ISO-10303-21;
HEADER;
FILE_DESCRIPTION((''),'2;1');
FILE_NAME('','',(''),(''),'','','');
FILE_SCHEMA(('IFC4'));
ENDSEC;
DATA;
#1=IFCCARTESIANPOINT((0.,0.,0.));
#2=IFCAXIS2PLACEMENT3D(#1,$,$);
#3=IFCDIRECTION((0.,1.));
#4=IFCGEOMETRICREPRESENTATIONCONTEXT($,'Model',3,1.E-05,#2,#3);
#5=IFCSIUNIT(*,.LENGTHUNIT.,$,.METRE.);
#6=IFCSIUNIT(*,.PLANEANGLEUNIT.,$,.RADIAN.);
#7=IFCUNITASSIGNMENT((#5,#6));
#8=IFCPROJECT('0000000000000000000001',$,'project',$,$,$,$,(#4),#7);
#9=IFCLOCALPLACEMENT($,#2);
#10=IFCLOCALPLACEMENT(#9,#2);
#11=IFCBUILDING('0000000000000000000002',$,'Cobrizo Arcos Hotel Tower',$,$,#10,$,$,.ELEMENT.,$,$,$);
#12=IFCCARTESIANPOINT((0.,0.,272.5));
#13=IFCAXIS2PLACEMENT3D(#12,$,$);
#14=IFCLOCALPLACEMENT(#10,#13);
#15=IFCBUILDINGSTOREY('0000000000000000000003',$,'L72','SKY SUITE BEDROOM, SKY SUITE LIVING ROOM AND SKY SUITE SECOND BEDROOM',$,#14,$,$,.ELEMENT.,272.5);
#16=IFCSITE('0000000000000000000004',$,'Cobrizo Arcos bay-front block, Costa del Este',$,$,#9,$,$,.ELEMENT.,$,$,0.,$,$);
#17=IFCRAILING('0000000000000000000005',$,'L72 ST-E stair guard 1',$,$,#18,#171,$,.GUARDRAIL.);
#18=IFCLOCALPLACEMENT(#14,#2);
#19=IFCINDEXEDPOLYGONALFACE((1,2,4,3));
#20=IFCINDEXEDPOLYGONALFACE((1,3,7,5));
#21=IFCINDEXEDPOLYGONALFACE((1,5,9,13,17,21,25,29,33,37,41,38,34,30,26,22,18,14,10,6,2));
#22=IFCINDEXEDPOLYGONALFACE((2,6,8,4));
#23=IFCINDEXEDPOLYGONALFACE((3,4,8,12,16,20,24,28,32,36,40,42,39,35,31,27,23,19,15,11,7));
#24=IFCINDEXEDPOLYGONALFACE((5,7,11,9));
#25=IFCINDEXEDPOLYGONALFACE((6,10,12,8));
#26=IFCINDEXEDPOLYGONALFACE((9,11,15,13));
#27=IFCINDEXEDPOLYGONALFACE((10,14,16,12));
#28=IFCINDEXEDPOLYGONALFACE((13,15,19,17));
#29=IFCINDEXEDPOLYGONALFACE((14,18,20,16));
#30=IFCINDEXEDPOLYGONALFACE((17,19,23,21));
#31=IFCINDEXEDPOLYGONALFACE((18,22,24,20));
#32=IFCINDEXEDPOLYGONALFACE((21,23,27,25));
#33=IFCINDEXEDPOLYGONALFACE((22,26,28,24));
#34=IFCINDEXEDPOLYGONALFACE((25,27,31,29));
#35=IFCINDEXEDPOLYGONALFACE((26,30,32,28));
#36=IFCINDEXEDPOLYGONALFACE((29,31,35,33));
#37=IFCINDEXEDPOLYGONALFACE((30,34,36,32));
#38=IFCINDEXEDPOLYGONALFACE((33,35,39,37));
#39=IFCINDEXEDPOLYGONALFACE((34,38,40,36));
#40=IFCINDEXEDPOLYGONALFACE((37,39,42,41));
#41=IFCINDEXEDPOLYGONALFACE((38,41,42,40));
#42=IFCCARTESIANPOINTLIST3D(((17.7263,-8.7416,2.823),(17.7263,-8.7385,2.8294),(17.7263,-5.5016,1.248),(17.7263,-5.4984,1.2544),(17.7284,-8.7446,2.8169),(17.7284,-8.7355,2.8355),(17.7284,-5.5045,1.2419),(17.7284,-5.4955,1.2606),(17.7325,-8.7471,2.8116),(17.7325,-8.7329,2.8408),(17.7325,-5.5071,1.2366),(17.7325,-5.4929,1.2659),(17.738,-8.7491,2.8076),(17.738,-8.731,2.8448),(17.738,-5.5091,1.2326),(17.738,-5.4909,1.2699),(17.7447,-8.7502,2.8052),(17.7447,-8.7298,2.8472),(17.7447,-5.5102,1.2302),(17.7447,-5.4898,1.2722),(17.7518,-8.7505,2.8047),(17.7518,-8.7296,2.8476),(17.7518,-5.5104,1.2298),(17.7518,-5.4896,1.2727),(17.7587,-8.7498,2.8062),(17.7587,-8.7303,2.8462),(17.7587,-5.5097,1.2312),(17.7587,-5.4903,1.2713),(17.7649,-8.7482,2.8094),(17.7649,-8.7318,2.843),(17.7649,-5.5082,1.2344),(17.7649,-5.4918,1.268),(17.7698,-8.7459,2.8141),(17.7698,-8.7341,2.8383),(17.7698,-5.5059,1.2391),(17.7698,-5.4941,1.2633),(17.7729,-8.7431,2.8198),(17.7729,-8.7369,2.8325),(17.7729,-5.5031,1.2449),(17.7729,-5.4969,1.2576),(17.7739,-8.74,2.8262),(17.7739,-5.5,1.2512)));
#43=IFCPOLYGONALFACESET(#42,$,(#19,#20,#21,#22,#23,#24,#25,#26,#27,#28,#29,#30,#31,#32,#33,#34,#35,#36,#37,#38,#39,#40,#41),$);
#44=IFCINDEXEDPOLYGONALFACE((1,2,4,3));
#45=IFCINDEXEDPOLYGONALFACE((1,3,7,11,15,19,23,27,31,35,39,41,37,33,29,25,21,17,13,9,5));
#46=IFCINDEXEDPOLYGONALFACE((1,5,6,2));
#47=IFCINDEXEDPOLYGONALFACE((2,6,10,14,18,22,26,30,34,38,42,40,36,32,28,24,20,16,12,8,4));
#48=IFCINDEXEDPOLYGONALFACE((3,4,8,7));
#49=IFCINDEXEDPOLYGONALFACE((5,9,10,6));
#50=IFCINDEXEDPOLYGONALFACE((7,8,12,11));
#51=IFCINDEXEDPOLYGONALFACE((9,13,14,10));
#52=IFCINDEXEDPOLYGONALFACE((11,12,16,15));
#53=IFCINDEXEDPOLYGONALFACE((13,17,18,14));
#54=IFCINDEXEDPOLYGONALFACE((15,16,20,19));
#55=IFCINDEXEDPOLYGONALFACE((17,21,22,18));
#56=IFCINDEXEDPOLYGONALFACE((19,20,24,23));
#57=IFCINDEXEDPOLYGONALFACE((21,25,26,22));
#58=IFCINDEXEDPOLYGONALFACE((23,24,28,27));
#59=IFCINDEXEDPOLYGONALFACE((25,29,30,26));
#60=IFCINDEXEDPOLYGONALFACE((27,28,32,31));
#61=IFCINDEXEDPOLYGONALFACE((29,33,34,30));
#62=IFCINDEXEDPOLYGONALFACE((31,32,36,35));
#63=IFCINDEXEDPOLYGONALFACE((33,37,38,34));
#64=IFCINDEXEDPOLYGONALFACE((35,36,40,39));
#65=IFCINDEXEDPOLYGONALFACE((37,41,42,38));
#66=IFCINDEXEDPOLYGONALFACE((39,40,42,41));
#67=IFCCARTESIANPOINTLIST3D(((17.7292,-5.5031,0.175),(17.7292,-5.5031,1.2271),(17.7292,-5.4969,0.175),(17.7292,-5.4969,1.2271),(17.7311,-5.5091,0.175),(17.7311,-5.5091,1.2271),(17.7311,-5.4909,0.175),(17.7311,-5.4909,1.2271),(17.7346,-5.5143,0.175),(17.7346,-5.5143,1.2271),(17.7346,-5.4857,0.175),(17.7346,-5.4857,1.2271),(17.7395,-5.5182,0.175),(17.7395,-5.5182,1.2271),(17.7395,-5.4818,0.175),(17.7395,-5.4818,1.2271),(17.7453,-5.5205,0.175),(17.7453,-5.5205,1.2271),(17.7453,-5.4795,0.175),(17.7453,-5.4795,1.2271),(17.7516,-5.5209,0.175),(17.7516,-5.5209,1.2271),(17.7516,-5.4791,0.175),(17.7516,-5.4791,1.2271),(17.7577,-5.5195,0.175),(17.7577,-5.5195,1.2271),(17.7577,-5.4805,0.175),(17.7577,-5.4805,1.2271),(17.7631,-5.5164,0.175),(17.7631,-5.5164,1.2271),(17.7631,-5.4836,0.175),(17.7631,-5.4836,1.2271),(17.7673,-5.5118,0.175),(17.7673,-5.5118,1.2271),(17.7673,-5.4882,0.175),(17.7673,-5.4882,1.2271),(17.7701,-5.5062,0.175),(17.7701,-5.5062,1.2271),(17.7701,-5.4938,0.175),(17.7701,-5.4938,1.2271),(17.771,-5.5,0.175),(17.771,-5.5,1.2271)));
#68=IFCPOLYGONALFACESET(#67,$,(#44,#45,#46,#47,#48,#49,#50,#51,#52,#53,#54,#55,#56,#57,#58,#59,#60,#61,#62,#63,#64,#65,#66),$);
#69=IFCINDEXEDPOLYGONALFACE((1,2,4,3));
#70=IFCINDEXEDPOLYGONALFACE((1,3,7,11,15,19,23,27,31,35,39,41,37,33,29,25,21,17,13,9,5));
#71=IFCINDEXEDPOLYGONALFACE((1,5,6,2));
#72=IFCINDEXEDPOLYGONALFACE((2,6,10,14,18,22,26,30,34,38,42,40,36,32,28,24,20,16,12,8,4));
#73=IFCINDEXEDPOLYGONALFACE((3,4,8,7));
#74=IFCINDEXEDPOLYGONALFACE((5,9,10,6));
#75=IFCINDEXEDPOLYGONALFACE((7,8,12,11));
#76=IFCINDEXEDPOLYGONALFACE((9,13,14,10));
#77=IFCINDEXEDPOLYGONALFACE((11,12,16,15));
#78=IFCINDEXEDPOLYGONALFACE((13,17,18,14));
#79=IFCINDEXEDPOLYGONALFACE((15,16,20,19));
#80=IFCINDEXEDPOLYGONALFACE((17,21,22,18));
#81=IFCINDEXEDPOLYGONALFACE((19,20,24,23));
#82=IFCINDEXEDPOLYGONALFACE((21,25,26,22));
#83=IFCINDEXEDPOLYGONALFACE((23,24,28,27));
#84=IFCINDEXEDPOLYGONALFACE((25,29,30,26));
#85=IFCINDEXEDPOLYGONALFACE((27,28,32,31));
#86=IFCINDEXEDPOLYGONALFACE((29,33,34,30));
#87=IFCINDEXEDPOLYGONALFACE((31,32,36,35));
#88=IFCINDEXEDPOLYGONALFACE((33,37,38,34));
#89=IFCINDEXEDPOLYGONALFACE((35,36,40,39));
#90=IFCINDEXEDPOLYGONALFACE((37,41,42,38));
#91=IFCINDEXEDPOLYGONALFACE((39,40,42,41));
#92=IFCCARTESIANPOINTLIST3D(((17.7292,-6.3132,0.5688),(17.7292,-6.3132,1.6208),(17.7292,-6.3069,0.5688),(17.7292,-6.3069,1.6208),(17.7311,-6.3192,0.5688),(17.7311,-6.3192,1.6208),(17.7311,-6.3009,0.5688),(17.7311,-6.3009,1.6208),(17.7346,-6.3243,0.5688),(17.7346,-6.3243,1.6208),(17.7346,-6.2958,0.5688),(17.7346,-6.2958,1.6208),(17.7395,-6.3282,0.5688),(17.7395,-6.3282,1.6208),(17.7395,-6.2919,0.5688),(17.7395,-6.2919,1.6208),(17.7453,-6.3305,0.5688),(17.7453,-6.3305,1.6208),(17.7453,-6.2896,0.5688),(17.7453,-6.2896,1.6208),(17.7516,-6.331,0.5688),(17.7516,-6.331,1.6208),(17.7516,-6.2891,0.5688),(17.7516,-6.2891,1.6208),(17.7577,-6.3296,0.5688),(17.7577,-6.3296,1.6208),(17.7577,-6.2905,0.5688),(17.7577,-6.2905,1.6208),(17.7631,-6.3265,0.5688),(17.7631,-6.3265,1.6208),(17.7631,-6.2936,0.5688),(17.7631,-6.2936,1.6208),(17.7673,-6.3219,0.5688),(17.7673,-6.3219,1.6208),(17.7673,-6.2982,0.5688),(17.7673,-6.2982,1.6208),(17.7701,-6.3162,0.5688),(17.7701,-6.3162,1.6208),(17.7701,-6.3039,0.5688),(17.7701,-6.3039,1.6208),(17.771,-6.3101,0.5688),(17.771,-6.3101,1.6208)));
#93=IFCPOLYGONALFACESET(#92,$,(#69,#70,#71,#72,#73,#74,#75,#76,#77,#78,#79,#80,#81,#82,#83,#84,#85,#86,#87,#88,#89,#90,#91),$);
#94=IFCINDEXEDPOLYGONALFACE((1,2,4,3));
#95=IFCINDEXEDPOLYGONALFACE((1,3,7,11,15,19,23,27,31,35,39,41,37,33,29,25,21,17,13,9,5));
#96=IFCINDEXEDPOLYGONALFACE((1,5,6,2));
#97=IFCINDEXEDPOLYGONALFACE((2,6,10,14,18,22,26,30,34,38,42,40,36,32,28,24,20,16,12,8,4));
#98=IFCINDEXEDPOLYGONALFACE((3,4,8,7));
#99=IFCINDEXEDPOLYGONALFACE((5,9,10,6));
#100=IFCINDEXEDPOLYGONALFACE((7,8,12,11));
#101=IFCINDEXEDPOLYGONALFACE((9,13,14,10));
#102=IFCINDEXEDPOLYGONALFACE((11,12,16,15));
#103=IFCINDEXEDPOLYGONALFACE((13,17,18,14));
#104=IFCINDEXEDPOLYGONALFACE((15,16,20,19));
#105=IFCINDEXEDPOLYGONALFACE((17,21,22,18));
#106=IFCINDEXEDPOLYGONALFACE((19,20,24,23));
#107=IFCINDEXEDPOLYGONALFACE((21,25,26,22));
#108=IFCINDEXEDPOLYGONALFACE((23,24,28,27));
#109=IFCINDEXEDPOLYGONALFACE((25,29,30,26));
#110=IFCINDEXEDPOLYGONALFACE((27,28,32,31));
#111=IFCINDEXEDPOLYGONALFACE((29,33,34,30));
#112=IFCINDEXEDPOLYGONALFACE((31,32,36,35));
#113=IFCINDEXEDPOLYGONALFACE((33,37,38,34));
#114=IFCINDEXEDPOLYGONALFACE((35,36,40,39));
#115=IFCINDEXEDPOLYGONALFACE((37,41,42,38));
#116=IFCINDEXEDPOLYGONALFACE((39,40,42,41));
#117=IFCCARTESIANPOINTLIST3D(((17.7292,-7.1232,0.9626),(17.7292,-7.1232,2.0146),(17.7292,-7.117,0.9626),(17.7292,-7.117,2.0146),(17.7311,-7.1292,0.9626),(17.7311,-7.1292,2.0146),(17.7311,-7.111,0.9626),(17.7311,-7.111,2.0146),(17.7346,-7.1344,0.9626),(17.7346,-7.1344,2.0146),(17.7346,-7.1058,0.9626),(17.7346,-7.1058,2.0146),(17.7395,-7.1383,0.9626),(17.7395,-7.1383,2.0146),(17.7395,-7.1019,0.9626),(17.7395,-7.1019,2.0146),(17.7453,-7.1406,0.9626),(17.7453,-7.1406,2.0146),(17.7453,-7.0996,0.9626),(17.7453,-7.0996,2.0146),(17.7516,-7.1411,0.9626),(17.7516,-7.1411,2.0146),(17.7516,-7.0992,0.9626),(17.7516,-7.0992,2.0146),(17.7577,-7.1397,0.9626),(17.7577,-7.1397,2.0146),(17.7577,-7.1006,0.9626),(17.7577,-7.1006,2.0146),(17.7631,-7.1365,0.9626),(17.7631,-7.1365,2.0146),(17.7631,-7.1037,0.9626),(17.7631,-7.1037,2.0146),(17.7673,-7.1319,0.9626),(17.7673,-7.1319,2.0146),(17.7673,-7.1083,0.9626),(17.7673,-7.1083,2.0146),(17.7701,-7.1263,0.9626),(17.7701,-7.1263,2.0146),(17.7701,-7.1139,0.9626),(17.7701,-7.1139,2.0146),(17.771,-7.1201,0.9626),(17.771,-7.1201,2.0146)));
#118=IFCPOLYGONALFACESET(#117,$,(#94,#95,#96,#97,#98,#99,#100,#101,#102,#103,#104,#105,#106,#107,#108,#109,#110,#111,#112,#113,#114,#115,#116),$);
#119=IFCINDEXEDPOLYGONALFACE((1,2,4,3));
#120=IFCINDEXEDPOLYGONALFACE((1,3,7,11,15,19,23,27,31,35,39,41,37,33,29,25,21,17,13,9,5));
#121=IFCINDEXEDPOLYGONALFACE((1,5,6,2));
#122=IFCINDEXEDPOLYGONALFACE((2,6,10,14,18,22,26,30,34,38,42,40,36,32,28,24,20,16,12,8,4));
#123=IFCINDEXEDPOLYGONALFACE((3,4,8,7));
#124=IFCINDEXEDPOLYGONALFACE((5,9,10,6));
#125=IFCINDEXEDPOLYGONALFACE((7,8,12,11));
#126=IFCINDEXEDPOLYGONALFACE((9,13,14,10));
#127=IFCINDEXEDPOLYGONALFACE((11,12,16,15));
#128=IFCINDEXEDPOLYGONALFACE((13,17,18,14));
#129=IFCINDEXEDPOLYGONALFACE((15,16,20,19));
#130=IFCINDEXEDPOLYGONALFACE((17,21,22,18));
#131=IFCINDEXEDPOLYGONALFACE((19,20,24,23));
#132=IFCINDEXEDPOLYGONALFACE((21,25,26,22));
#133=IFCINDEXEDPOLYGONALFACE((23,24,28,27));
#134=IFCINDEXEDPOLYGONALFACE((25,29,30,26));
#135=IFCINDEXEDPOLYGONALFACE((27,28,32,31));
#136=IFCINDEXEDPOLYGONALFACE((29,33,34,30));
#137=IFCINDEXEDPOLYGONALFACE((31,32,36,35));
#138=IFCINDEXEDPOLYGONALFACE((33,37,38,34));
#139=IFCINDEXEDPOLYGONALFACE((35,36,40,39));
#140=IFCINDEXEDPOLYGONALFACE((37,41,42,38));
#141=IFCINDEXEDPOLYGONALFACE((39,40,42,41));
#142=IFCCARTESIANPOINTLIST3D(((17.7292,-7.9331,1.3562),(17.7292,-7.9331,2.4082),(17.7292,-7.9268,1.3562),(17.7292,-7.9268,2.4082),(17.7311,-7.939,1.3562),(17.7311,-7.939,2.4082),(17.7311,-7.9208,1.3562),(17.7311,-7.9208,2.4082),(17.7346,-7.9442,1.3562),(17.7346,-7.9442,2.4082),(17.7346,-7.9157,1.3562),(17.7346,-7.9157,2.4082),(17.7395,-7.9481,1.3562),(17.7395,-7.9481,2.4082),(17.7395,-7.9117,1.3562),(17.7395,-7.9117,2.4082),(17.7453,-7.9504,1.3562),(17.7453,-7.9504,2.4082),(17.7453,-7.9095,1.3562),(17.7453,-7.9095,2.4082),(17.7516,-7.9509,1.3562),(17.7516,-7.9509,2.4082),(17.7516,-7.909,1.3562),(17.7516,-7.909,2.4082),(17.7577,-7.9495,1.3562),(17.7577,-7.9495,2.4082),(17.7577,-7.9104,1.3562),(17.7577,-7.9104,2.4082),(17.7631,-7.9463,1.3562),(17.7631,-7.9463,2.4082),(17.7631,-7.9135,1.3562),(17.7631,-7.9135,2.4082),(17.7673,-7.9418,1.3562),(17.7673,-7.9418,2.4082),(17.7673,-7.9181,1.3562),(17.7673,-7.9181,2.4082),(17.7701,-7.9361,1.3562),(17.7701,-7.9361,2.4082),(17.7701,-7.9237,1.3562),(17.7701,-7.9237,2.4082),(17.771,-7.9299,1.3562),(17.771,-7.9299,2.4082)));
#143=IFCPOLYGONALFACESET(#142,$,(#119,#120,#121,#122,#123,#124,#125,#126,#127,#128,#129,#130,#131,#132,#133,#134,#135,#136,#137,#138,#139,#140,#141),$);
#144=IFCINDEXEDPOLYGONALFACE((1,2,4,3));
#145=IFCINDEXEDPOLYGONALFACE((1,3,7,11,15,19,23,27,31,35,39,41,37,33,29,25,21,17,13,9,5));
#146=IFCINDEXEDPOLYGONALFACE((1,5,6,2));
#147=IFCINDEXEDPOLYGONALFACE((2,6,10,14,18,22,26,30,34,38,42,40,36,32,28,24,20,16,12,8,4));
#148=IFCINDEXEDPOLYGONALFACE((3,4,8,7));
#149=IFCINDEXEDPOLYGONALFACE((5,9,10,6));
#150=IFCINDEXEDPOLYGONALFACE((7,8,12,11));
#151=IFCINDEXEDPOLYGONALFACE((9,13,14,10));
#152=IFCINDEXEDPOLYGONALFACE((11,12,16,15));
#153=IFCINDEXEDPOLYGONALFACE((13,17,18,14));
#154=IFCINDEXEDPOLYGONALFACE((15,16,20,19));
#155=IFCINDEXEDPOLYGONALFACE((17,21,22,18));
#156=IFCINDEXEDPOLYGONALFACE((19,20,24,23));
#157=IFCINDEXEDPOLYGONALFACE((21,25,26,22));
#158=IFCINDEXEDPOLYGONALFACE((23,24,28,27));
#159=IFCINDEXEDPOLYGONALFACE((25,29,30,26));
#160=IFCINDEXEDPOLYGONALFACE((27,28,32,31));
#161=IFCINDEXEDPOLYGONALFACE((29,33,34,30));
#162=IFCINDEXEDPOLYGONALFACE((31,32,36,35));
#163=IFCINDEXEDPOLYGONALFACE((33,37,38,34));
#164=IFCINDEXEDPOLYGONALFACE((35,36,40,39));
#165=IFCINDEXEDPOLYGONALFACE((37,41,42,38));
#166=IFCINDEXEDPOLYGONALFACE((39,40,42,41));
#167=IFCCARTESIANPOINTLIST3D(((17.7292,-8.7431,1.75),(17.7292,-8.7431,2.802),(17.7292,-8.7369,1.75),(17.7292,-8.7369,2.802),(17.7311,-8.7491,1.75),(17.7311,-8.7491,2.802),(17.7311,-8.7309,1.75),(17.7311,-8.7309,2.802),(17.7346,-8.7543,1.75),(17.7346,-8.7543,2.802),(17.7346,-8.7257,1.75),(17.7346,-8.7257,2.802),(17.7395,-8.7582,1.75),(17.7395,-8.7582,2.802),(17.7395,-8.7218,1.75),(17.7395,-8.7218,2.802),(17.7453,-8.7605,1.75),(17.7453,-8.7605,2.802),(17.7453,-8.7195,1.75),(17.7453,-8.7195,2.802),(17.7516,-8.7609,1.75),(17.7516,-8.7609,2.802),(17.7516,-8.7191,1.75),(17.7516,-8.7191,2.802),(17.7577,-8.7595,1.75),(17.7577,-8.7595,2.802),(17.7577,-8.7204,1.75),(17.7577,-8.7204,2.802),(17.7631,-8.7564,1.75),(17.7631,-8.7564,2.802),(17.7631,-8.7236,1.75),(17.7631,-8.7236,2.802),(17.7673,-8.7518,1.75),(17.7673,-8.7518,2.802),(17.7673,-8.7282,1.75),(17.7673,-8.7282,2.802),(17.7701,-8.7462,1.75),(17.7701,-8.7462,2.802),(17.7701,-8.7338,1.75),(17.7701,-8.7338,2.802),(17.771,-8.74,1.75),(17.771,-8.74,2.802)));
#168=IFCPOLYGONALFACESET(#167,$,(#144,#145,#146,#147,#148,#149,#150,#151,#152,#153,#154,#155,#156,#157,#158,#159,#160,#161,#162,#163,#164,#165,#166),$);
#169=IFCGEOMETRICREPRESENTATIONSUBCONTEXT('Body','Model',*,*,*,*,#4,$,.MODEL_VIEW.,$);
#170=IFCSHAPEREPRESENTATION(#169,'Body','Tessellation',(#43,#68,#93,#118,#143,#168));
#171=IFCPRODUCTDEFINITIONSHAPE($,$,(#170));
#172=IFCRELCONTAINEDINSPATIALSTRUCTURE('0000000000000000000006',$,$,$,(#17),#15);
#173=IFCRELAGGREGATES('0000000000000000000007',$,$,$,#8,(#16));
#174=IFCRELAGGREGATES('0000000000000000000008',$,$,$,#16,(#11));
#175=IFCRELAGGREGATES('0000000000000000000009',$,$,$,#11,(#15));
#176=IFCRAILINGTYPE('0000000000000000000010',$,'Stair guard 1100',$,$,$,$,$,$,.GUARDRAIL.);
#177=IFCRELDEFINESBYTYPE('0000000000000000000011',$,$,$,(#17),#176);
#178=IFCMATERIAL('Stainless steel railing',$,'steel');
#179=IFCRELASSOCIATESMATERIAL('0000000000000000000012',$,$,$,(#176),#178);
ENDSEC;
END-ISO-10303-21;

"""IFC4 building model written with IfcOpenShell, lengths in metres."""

from ifc_helpers import new_model, si_unit, direction, frame, origin, origin_2d, place, context, subcontext, project, spatial, circle, extrude, material, type_object, element, save


model = new_model("IFC4")

# Units and contexts
model_context = context("Model", 3, precision=1e-05, world=origin(), true_north=direction((0.0, 1.0)))
body_context = subcontext(model_context, "Body", "Model", "MODEL_VIEW")
ifc_project = project(units=[si_unit("LENGTHUNIT", "METRE"), si_unit("PLANEANGLEUNIT", "RADIAN")], contexts=[model_context])

# Site, building, storey
site_placement = place(None, origin())
site = spatial("IfcSite", under=ifc_project, at=site_placement, Name="Cobrizo Arcos bay-front block, Costa del Este", CompositionType="ELEMENT", RefElevation=0.0)
building_placement = place(site_placement, origin())
building = spatial("IfcBuilding", under=site, at=building_placement, Name="Cobrizo Arcos Hotel Tower", CompositionType="ELEMENT")
storey_placement = place(building_placement, frame((0.0, 0.0, 272.5)))
storey = spatial("IfcBuildingStorey", under=building, at=storey_placement, Name="L72", Description="SKY SUITE BEDROOM, SKY SUITE LIVING ROOM AND SKY SUITE SECOND BEDROOM", CompositionType="ELEMENT", Elevation=272.5)

# Railing
ifc_material_1 = material(Name="Stainless steel railing", Category="steel")
railing_type_1 = type_object("IfcRailingType", Name="Stair guard 1100", PredefinedType="GUARDRAIL", material=ifc_material_1)
railing_1_placement = place(storey_placement, frame((17.75, -5.5, 0.175)))
element("IfcRailing", 1, at=railing_1_placement, inside=storey, type_object=railing_type_1, Name="L72 ST-E stair guard 1", PredefinedType="GUARDRAIL", context=body_context, shape_type="SweptSolid", body=[
    extrude(circle(Radius=0.0239, at=origin_2d()), frame((0.0, 0.0, 1.0762), z_axis=(0.0, -0.899373, 0.437183), x_axis=(1.0, 0.0, 0.0)), (0.0, 0.0, 1.0), 3.6025),
    extrude(circle(Radius=0.021, at=origin_2d()), origin(), (0.0, 0.0, 1.0), 1.052),
    extrude(circle(Radius=0.021, at=origin_2d()), frame((0.0, -0.8101, 0.3938)), (0.0, 0.0, 1.0), 1.052),
    extrude(circle(Radius=0.021, at=origin_2d()), frame((0.0, -1.6201, 0.7876)), (0.0, 0.0, 1.0), 1.052),
    extrude(circle(Radius=0.021, at=origin_2d()), frame((0.0, -2.4299, 1.1812)), (0.0, 0.0, 1.0), 1.052),
    extrude(circle(Radius=0.021, at=origin_2d()), frame((0.0, -3.24, 1.575)), (0.0, 0.0, 1.0), 1.052),
])

save(model, "model.ifc")
